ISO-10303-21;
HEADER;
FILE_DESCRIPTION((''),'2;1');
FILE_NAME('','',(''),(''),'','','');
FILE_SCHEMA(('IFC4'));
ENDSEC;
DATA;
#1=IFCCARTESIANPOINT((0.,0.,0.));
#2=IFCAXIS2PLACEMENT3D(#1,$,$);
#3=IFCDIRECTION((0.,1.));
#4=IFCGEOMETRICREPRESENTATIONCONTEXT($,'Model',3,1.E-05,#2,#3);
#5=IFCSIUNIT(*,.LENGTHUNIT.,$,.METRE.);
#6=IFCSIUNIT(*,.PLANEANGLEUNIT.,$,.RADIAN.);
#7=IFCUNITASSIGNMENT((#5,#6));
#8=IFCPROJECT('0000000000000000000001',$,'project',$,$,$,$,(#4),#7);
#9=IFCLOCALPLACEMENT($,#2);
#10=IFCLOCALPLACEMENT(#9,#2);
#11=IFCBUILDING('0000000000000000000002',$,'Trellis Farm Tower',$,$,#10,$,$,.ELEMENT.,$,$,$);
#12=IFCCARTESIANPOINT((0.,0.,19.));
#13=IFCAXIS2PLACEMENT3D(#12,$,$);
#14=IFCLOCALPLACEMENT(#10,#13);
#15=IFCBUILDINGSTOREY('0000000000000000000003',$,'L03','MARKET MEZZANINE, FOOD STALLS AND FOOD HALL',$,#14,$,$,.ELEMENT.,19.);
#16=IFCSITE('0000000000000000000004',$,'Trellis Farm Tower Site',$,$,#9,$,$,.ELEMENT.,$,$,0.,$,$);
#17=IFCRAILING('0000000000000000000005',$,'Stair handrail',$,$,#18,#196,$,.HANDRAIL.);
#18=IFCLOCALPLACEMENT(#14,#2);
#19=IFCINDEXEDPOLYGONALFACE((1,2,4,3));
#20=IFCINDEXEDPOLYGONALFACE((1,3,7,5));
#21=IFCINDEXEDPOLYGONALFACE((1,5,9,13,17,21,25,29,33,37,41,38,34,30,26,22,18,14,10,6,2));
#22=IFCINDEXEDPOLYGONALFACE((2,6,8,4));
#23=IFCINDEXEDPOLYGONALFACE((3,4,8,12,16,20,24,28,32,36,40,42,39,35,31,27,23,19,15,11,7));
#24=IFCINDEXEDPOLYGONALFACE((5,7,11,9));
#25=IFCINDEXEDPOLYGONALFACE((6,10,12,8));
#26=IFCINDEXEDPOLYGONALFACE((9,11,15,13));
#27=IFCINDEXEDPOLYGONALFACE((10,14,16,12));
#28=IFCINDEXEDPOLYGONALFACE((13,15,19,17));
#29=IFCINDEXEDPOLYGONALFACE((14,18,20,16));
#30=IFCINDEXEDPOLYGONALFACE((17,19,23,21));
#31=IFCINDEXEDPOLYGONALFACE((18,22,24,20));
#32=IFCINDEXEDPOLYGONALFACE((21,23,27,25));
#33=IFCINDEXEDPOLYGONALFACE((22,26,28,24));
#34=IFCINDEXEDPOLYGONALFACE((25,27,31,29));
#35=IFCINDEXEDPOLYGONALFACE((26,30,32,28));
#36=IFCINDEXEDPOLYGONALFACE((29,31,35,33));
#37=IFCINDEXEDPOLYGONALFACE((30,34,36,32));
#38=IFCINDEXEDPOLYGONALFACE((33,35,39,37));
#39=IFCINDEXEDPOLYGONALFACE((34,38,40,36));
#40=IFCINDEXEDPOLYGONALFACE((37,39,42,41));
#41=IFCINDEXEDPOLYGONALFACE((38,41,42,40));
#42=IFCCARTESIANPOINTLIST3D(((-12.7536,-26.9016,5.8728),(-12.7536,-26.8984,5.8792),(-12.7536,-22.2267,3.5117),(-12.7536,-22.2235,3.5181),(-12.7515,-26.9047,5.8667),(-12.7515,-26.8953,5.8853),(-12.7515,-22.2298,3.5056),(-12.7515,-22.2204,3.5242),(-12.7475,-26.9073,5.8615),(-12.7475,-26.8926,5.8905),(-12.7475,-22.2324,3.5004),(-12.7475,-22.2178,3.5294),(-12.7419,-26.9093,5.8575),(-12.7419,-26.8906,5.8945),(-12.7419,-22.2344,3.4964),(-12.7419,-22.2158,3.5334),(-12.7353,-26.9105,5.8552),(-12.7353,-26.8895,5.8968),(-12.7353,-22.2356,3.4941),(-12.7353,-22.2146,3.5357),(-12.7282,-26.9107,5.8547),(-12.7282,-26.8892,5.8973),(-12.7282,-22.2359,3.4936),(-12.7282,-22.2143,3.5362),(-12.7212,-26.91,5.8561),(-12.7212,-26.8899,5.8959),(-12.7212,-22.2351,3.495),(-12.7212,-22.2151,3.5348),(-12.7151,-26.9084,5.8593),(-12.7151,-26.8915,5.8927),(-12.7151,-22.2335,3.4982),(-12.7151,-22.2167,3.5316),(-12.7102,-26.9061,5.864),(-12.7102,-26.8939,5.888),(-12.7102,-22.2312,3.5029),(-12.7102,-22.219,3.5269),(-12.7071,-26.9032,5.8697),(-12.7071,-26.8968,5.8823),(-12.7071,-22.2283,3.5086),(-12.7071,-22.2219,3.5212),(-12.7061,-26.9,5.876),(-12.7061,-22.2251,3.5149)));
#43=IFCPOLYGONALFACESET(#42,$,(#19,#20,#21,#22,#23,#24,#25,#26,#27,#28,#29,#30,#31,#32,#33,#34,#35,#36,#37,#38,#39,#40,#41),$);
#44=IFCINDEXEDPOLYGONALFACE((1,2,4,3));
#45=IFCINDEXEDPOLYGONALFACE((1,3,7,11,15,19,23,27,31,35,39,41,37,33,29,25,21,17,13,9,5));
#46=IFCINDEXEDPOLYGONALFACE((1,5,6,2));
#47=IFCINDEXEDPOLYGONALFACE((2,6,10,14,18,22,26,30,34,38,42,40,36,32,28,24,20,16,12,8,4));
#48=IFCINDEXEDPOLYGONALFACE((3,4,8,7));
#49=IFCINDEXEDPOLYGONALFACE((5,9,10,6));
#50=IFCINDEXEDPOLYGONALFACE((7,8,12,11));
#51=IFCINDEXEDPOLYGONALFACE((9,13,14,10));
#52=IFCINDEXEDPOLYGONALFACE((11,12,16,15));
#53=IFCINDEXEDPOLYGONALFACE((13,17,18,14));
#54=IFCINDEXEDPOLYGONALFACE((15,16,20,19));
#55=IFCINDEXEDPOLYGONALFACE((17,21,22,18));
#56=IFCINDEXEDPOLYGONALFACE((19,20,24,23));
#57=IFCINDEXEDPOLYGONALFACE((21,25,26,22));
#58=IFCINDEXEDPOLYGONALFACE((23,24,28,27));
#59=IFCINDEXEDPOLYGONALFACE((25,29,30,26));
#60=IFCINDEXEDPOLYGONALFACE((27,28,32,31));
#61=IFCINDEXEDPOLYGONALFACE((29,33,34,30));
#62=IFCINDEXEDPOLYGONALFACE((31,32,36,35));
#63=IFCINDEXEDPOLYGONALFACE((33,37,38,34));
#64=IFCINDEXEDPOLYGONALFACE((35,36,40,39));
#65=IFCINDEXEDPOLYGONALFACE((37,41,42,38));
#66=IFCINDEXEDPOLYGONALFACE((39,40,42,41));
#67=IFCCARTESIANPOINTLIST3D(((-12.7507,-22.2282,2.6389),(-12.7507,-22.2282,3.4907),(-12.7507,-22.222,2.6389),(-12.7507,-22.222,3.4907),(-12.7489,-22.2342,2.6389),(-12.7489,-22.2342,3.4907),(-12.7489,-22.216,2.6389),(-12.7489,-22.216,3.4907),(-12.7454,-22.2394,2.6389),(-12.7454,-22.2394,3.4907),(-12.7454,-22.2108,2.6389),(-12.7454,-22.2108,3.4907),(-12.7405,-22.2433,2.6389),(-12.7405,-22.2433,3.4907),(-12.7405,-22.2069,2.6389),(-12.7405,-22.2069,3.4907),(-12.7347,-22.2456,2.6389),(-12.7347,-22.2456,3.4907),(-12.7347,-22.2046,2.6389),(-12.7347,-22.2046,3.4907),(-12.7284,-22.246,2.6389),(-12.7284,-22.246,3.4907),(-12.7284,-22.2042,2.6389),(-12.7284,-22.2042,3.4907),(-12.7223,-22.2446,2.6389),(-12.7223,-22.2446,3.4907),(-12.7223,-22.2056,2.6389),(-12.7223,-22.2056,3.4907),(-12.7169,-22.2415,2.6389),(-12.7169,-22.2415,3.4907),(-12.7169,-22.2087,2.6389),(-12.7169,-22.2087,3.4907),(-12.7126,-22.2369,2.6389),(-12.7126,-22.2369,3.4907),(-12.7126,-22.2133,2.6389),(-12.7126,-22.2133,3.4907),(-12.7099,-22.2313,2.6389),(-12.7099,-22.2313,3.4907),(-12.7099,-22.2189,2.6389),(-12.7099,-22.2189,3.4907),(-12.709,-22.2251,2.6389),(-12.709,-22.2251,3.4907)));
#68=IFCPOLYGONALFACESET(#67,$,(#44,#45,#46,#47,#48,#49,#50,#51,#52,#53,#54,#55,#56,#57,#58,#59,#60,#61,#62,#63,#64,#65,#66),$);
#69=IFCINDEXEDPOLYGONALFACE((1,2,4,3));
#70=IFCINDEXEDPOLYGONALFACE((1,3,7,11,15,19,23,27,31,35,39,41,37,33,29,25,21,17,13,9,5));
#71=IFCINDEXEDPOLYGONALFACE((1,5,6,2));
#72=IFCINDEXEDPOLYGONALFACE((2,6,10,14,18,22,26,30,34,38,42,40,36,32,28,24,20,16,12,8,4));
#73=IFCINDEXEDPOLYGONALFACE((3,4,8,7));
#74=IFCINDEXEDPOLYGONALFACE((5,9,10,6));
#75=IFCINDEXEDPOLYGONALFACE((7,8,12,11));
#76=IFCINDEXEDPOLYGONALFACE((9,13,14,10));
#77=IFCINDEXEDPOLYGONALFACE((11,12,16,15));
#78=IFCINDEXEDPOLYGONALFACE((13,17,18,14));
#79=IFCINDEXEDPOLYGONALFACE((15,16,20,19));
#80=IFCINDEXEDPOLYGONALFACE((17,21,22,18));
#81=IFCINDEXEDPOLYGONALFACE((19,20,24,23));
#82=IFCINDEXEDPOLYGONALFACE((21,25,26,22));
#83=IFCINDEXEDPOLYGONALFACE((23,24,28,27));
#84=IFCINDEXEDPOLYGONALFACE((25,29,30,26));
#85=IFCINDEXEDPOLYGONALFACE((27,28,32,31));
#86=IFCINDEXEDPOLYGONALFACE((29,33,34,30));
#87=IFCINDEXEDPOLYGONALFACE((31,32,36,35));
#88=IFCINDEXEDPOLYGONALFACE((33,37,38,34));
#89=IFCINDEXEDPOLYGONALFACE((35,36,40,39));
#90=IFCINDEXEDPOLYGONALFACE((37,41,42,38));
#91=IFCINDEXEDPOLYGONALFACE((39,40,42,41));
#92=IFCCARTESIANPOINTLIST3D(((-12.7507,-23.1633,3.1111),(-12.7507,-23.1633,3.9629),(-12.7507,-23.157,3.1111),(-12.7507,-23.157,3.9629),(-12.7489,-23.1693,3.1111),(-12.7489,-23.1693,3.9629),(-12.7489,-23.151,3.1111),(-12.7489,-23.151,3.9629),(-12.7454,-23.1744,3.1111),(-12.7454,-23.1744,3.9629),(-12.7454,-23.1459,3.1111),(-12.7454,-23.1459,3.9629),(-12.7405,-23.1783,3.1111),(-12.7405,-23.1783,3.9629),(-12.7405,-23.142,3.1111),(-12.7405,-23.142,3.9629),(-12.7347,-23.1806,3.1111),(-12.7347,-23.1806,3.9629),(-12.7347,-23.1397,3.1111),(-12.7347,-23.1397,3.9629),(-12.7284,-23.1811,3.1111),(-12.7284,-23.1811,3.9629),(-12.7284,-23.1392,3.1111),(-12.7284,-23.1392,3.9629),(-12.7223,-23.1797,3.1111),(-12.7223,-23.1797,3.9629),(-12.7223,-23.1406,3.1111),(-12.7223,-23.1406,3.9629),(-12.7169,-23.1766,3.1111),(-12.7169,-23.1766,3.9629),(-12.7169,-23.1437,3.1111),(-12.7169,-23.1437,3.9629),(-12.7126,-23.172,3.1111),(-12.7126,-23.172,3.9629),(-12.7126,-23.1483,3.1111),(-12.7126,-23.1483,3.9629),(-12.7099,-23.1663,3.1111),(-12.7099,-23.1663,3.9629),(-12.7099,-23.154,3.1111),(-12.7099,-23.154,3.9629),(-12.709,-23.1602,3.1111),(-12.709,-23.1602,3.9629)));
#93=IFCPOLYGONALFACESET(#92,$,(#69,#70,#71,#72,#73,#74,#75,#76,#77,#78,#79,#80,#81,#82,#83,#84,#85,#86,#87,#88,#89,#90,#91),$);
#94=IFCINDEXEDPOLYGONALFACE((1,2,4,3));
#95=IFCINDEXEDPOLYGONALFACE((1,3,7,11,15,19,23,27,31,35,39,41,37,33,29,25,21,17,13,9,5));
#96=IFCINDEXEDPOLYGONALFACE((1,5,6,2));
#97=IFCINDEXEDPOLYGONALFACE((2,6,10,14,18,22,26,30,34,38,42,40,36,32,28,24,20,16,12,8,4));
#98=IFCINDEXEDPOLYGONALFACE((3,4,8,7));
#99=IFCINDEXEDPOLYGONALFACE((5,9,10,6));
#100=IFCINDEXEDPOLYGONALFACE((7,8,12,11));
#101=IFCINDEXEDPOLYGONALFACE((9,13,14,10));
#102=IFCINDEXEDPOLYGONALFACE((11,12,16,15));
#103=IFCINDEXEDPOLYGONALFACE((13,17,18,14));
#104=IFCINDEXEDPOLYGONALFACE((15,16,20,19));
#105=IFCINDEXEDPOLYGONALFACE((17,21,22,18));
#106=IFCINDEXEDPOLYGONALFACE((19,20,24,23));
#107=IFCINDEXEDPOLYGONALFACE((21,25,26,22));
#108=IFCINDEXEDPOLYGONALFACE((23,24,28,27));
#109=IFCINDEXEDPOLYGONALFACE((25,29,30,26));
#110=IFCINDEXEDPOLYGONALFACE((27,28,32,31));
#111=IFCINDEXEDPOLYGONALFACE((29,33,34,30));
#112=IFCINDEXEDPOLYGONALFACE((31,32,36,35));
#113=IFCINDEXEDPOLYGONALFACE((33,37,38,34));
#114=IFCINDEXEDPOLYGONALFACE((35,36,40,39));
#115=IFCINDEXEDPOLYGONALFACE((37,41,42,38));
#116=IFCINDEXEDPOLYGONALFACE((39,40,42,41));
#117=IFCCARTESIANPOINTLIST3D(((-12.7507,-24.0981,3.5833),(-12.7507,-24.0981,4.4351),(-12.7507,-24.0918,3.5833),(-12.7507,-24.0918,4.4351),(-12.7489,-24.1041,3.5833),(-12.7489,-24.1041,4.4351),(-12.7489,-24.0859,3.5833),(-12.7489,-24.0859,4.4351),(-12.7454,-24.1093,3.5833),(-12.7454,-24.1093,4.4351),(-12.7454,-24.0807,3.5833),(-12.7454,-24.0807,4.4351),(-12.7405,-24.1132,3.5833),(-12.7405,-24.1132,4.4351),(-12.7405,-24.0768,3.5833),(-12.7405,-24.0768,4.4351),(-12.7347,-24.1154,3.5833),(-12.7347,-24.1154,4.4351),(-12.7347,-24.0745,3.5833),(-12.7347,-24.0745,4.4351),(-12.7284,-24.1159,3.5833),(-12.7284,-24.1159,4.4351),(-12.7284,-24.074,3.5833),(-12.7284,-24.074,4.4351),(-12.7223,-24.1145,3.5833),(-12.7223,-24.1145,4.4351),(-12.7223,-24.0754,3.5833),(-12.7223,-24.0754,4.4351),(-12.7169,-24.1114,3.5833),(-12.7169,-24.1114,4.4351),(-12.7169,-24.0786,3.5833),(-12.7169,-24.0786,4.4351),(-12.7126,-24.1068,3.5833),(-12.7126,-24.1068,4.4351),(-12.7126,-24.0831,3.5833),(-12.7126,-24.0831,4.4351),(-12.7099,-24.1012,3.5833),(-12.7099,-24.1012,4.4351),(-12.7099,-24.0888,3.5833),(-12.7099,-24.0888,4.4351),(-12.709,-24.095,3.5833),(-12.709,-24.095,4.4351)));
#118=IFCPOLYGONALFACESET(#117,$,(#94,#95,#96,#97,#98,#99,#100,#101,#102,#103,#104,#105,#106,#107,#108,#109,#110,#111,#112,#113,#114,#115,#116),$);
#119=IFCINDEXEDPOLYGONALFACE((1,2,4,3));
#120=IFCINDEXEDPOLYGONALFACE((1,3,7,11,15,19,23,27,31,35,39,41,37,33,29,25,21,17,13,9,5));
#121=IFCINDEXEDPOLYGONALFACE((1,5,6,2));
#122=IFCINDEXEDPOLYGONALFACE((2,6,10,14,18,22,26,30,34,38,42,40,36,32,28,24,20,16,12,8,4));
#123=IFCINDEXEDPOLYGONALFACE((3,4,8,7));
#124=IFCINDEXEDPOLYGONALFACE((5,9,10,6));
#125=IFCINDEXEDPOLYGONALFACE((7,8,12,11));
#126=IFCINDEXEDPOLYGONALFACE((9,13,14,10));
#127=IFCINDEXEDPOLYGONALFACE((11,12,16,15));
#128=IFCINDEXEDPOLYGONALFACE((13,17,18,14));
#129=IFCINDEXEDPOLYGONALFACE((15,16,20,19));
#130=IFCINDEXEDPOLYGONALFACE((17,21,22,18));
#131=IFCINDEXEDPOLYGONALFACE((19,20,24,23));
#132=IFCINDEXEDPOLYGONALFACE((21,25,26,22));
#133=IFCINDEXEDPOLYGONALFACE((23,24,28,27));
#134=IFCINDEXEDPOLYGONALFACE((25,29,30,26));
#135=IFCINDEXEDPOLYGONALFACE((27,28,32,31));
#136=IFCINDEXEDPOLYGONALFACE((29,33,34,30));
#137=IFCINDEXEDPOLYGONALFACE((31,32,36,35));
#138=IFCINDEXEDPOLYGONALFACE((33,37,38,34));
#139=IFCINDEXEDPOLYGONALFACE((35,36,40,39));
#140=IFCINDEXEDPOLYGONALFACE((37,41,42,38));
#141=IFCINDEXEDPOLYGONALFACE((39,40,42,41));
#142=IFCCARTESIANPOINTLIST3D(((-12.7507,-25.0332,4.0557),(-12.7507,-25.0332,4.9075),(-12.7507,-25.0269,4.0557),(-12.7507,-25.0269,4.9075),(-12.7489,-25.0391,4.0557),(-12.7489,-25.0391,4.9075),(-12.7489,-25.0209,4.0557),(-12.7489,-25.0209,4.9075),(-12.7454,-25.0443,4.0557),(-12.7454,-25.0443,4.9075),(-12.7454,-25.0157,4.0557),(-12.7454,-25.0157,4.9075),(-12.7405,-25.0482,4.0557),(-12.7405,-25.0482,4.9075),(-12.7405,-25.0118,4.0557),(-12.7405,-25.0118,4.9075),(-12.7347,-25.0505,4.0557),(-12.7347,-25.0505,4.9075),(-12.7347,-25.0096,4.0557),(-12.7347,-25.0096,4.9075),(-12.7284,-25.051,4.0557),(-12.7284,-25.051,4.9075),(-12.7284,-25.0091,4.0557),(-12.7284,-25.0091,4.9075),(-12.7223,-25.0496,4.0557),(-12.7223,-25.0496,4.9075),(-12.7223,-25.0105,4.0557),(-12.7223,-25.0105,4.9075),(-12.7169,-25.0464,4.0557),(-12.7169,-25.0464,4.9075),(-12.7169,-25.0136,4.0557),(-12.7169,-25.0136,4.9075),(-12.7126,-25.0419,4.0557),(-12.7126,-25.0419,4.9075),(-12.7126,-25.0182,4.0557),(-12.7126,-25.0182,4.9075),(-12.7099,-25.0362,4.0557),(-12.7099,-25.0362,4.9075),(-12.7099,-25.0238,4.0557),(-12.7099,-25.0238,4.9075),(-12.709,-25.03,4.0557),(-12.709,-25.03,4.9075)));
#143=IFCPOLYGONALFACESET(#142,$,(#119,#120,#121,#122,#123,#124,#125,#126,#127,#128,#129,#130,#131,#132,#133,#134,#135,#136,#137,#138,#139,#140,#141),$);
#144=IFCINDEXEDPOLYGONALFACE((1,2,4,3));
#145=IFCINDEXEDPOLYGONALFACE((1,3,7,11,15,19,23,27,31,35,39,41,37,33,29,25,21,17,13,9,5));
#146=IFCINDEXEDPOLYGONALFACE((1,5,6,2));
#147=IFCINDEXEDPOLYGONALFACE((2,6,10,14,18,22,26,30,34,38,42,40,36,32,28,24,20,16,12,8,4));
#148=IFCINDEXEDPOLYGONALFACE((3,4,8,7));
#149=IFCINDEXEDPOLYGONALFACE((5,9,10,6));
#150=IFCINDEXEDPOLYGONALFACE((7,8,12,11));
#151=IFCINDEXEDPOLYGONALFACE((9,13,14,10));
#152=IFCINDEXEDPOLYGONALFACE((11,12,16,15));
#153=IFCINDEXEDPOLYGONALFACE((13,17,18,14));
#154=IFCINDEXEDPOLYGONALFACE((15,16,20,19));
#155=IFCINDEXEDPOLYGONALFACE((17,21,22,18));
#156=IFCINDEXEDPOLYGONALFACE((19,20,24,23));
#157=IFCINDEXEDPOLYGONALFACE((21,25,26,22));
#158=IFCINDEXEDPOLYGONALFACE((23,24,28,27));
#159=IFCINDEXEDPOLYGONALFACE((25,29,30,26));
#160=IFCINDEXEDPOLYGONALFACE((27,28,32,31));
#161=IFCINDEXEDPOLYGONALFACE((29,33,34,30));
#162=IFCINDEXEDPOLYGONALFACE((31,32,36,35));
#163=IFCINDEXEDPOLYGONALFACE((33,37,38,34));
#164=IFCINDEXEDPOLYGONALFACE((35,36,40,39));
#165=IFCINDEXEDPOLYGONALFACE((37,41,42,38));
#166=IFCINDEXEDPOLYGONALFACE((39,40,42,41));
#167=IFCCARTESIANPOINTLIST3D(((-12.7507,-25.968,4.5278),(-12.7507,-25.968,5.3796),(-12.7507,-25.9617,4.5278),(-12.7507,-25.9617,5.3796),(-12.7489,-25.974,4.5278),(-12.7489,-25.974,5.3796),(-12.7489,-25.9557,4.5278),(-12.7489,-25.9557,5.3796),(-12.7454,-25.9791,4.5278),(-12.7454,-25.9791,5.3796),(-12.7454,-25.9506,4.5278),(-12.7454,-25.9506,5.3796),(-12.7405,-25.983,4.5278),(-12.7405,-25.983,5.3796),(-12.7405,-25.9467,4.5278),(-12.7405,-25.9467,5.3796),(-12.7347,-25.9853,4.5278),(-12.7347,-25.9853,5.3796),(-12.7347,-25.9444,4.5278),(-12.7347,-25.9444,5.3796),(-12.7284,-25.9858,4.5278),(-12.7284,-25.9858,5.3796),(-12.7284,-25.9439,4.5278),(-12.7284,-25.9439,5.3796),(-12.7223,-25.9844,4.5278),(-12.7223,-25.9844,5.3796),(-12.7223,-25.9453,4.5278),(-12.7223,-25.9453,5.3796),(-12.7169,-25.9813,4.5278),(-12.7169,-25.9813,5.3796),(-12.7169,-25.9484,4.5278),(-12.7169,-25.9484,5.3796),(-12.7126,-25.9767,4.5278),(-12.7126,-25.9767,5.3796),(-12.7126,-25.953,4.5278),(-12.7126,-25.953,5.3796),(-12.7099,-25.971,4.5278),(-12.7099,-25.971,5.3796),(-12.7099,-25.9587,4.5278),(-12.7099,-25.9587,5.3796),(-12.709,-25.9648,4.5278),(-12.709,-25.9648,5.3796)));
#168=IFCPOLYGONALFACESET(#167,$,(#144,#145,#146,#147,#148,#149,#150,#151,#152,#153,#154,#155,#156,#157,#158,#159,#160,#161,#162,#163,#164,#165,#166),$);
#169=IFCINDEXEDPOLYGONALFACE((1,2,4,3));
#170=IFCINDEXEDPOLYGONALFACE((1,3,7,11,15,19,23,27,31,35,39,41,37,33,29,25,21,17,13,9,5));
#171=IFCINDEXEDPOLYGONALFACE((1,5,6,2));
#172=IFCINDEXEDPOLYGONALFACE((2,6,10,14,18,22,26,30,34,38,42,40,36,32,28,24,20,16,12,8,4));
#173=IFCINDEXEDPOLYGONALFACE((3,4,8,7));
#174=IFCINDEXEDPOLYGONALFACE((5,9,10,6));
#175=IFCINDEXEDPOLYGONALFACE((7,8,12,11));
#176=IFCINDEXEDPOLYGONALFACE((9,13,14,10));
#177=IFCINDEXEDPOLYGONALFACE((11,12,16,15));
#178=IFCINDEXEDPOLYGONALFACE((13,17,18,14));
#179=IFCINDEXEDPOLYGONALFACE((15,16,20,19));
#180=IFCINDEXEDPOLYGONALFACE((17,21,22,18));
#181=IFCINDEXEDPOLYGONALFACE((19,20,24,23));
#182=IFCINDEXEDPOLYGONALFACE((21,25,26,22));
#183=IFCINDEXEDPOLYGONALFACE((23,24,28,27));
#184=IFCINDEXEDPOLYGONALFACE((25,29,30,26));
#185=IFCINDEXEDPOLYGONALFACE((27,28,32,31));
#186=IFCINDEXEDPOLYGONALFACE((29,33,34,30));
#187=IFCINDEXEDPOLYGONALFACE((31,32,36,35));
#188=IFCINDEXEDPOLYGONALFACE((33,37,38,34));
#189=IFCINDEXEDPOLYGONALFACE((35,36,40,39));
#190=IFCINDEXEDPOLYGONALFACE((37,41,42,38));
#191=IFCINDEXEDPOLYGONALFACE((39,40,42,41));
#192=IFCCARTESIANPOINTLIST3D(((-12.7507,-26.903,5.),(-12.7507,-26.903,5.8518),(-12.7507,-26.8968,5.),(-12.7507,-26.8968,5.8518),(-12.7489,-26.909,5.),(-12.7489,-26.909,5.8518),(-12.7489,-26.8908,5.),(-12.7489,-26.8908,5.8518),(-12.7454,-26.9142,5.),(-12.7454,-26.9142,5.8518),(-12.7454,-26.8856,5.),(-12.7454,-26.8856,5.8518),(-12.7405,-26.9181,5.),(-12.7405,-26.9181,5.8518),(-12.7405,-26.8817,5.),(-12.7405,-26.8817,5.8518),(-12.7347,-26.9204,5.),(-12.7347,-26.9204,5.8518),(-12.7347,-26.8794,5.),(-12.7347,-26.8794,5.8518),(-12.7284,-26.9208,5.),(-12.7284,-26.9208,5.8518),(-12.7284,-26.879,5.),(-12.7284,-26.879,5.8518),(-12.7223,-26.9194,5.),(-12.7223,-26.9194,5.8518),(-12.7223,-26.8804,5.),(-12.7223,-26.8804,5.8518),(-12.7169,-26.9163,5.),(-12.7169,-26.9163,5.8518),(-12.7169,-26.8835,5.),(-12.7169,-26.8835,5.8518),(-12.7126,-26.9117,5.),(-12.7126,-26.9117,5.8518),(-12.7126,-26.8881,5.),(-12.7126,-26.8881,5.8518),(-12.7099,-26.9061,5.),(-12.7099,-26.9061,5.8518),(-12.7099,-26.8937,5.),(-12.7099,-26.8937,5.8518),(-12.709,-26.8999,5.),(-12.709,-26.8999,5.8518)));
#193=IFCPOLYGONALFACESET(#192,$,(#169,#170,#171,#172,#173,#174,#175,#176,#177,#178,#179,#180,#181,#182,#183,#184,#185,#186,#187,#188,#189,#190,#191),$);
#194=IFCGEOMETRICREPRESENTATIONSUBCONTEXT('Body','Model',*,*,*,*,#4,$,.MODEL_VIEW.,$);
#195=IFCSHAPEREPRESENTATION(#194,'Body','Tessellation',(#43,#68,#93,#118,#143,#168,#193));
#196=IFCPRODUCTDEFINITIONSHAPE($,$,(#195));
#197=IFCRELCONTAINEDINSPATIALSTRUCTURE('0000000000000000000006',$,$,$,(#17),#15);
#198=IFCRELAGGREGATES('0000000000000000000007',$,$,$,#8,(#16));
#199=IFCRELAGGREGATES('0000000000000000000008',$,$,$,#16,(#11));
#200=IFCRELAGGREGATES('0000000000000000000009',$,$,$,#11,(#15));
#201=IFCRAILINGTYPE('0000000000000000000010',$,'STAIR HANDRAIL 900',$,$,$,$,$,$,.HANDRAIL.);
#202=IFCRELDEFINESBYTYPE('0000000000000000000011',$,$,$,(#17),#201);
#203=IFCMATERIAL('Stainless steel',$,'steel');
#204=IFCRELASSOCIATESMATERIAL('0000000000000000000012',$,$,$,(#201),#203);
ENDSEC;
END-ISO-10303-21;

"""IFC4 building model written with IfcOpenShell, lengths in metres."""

from ifc_helpers import new_model, si_unit, direction, frame, origin, origin_2d, place, context, subcontext, project, spatial, circle, extrude, source, transform, mapped, material, type_object, element, save


model = new_model("IFC4")

# Units and contexts
model_context = context("Model", 3, precision=1e-05, world=origin(), true_north=direction((0.0, 1.0)))
body_context = subcontext(model_context, "Body", "Model", "MODEL_VIEW")
ifc_project = project(units=[si_unit("LENGTHUNIT", "METRE"), si_unit("PLANEANGLEUNIT", "RADIAN")], contexts=[model_context])

# Site, building, storey
site_placement = place(None, origin())
site = spatial("IfcSite", under=ifc_project, at=site_placement, Name="Trellis Farm Tower Site", CompositionType="ELEMENT", RefElevation=0.0)
building_placement = place(site_placement, origin())
building = spatial("IfcBuilding", under=site, at=building_placement, Name="Trellis Farm Tower", CompositionType="ELEMENT")
storey_placement = place(building_placement, frame((0.0, 0.0, 19.0)))
storey = spatial("IfcBuildingStorey", under=building, at=storey_placement, Name="L03", Description="MARKET MEZZANINE, FOOD STALLS AND FOOD HALL", CompositionType="ELEMENT", Elevation=19.0)

# Railing
ifc_material_1 = material(Name="Stainless steel", Category="steel")
railing_type = type_object("IfcRailingType", Name="STAIR HANDRAIL 900", PredefinedType="HANDRAIL", material=ifc_material_1)
shared_shape_1 = source(origin(), body_context, "Body", "SweptSolid", [
    extrude(circle(Radius=0.0239, at=origin_2d()), frame((0.0, 0.0, 0.876), z_axis=(0.0, -0.892611, 0.450827), x_axis=(1.0, 0.0, 0.0)), (0.0, 0.0, 1.0), 5.2373),
    extrude(circle(Radius=0.021, at=origin_2d()), origin(), (0.0, 0.0, 1.0), 0.8518),
    extrude(circle(Radius=0.021, at=origin_2d()), frame((0.0, -0.9351, 0.4722)), (0.0, 0.0, 1.0), 0.8518),
    extrude(circle(Radius=0.021, at=origin_2d()), frame((0.0, -1.8699, 0.9443)), (0.0, 0.0, 1.0), 0.8518),
    extrude(circle(Radius=0.021, at=origin_2d()), frame((0.0, -2.8049, 1.4167)), (0.0, 0.0, 1.0), 0.8518),
    extrude(circle(Radius=0.021, at=origin_2d()), frame((0.0, -3.7397, 1.8889)), (0.0, 0.0, 1.0), 0.8518),
    extrude(circle(Radius=0.021, at=origin_2d()), frame((0.0, -4.6748, 2.3611)), (0.0, 0.0, 1.0), 0.8518),
])
for number, where, name in (
    (1, (-12.73, -22.2251, 2.6389), "Stair handrail"),
):
    element("IfcRailing", number, at=place(storey_placement, frame(where)), inside=storey, type_object=railing_type, Name=name, PredefinedType="HANDRAIL", context=body_context, shape_type="MappedRepresentation", body=[
        mapped(shared_shape_1, transform((0.0, 0.0, 0.0))),
    ])

save(model, "model.ifc")
